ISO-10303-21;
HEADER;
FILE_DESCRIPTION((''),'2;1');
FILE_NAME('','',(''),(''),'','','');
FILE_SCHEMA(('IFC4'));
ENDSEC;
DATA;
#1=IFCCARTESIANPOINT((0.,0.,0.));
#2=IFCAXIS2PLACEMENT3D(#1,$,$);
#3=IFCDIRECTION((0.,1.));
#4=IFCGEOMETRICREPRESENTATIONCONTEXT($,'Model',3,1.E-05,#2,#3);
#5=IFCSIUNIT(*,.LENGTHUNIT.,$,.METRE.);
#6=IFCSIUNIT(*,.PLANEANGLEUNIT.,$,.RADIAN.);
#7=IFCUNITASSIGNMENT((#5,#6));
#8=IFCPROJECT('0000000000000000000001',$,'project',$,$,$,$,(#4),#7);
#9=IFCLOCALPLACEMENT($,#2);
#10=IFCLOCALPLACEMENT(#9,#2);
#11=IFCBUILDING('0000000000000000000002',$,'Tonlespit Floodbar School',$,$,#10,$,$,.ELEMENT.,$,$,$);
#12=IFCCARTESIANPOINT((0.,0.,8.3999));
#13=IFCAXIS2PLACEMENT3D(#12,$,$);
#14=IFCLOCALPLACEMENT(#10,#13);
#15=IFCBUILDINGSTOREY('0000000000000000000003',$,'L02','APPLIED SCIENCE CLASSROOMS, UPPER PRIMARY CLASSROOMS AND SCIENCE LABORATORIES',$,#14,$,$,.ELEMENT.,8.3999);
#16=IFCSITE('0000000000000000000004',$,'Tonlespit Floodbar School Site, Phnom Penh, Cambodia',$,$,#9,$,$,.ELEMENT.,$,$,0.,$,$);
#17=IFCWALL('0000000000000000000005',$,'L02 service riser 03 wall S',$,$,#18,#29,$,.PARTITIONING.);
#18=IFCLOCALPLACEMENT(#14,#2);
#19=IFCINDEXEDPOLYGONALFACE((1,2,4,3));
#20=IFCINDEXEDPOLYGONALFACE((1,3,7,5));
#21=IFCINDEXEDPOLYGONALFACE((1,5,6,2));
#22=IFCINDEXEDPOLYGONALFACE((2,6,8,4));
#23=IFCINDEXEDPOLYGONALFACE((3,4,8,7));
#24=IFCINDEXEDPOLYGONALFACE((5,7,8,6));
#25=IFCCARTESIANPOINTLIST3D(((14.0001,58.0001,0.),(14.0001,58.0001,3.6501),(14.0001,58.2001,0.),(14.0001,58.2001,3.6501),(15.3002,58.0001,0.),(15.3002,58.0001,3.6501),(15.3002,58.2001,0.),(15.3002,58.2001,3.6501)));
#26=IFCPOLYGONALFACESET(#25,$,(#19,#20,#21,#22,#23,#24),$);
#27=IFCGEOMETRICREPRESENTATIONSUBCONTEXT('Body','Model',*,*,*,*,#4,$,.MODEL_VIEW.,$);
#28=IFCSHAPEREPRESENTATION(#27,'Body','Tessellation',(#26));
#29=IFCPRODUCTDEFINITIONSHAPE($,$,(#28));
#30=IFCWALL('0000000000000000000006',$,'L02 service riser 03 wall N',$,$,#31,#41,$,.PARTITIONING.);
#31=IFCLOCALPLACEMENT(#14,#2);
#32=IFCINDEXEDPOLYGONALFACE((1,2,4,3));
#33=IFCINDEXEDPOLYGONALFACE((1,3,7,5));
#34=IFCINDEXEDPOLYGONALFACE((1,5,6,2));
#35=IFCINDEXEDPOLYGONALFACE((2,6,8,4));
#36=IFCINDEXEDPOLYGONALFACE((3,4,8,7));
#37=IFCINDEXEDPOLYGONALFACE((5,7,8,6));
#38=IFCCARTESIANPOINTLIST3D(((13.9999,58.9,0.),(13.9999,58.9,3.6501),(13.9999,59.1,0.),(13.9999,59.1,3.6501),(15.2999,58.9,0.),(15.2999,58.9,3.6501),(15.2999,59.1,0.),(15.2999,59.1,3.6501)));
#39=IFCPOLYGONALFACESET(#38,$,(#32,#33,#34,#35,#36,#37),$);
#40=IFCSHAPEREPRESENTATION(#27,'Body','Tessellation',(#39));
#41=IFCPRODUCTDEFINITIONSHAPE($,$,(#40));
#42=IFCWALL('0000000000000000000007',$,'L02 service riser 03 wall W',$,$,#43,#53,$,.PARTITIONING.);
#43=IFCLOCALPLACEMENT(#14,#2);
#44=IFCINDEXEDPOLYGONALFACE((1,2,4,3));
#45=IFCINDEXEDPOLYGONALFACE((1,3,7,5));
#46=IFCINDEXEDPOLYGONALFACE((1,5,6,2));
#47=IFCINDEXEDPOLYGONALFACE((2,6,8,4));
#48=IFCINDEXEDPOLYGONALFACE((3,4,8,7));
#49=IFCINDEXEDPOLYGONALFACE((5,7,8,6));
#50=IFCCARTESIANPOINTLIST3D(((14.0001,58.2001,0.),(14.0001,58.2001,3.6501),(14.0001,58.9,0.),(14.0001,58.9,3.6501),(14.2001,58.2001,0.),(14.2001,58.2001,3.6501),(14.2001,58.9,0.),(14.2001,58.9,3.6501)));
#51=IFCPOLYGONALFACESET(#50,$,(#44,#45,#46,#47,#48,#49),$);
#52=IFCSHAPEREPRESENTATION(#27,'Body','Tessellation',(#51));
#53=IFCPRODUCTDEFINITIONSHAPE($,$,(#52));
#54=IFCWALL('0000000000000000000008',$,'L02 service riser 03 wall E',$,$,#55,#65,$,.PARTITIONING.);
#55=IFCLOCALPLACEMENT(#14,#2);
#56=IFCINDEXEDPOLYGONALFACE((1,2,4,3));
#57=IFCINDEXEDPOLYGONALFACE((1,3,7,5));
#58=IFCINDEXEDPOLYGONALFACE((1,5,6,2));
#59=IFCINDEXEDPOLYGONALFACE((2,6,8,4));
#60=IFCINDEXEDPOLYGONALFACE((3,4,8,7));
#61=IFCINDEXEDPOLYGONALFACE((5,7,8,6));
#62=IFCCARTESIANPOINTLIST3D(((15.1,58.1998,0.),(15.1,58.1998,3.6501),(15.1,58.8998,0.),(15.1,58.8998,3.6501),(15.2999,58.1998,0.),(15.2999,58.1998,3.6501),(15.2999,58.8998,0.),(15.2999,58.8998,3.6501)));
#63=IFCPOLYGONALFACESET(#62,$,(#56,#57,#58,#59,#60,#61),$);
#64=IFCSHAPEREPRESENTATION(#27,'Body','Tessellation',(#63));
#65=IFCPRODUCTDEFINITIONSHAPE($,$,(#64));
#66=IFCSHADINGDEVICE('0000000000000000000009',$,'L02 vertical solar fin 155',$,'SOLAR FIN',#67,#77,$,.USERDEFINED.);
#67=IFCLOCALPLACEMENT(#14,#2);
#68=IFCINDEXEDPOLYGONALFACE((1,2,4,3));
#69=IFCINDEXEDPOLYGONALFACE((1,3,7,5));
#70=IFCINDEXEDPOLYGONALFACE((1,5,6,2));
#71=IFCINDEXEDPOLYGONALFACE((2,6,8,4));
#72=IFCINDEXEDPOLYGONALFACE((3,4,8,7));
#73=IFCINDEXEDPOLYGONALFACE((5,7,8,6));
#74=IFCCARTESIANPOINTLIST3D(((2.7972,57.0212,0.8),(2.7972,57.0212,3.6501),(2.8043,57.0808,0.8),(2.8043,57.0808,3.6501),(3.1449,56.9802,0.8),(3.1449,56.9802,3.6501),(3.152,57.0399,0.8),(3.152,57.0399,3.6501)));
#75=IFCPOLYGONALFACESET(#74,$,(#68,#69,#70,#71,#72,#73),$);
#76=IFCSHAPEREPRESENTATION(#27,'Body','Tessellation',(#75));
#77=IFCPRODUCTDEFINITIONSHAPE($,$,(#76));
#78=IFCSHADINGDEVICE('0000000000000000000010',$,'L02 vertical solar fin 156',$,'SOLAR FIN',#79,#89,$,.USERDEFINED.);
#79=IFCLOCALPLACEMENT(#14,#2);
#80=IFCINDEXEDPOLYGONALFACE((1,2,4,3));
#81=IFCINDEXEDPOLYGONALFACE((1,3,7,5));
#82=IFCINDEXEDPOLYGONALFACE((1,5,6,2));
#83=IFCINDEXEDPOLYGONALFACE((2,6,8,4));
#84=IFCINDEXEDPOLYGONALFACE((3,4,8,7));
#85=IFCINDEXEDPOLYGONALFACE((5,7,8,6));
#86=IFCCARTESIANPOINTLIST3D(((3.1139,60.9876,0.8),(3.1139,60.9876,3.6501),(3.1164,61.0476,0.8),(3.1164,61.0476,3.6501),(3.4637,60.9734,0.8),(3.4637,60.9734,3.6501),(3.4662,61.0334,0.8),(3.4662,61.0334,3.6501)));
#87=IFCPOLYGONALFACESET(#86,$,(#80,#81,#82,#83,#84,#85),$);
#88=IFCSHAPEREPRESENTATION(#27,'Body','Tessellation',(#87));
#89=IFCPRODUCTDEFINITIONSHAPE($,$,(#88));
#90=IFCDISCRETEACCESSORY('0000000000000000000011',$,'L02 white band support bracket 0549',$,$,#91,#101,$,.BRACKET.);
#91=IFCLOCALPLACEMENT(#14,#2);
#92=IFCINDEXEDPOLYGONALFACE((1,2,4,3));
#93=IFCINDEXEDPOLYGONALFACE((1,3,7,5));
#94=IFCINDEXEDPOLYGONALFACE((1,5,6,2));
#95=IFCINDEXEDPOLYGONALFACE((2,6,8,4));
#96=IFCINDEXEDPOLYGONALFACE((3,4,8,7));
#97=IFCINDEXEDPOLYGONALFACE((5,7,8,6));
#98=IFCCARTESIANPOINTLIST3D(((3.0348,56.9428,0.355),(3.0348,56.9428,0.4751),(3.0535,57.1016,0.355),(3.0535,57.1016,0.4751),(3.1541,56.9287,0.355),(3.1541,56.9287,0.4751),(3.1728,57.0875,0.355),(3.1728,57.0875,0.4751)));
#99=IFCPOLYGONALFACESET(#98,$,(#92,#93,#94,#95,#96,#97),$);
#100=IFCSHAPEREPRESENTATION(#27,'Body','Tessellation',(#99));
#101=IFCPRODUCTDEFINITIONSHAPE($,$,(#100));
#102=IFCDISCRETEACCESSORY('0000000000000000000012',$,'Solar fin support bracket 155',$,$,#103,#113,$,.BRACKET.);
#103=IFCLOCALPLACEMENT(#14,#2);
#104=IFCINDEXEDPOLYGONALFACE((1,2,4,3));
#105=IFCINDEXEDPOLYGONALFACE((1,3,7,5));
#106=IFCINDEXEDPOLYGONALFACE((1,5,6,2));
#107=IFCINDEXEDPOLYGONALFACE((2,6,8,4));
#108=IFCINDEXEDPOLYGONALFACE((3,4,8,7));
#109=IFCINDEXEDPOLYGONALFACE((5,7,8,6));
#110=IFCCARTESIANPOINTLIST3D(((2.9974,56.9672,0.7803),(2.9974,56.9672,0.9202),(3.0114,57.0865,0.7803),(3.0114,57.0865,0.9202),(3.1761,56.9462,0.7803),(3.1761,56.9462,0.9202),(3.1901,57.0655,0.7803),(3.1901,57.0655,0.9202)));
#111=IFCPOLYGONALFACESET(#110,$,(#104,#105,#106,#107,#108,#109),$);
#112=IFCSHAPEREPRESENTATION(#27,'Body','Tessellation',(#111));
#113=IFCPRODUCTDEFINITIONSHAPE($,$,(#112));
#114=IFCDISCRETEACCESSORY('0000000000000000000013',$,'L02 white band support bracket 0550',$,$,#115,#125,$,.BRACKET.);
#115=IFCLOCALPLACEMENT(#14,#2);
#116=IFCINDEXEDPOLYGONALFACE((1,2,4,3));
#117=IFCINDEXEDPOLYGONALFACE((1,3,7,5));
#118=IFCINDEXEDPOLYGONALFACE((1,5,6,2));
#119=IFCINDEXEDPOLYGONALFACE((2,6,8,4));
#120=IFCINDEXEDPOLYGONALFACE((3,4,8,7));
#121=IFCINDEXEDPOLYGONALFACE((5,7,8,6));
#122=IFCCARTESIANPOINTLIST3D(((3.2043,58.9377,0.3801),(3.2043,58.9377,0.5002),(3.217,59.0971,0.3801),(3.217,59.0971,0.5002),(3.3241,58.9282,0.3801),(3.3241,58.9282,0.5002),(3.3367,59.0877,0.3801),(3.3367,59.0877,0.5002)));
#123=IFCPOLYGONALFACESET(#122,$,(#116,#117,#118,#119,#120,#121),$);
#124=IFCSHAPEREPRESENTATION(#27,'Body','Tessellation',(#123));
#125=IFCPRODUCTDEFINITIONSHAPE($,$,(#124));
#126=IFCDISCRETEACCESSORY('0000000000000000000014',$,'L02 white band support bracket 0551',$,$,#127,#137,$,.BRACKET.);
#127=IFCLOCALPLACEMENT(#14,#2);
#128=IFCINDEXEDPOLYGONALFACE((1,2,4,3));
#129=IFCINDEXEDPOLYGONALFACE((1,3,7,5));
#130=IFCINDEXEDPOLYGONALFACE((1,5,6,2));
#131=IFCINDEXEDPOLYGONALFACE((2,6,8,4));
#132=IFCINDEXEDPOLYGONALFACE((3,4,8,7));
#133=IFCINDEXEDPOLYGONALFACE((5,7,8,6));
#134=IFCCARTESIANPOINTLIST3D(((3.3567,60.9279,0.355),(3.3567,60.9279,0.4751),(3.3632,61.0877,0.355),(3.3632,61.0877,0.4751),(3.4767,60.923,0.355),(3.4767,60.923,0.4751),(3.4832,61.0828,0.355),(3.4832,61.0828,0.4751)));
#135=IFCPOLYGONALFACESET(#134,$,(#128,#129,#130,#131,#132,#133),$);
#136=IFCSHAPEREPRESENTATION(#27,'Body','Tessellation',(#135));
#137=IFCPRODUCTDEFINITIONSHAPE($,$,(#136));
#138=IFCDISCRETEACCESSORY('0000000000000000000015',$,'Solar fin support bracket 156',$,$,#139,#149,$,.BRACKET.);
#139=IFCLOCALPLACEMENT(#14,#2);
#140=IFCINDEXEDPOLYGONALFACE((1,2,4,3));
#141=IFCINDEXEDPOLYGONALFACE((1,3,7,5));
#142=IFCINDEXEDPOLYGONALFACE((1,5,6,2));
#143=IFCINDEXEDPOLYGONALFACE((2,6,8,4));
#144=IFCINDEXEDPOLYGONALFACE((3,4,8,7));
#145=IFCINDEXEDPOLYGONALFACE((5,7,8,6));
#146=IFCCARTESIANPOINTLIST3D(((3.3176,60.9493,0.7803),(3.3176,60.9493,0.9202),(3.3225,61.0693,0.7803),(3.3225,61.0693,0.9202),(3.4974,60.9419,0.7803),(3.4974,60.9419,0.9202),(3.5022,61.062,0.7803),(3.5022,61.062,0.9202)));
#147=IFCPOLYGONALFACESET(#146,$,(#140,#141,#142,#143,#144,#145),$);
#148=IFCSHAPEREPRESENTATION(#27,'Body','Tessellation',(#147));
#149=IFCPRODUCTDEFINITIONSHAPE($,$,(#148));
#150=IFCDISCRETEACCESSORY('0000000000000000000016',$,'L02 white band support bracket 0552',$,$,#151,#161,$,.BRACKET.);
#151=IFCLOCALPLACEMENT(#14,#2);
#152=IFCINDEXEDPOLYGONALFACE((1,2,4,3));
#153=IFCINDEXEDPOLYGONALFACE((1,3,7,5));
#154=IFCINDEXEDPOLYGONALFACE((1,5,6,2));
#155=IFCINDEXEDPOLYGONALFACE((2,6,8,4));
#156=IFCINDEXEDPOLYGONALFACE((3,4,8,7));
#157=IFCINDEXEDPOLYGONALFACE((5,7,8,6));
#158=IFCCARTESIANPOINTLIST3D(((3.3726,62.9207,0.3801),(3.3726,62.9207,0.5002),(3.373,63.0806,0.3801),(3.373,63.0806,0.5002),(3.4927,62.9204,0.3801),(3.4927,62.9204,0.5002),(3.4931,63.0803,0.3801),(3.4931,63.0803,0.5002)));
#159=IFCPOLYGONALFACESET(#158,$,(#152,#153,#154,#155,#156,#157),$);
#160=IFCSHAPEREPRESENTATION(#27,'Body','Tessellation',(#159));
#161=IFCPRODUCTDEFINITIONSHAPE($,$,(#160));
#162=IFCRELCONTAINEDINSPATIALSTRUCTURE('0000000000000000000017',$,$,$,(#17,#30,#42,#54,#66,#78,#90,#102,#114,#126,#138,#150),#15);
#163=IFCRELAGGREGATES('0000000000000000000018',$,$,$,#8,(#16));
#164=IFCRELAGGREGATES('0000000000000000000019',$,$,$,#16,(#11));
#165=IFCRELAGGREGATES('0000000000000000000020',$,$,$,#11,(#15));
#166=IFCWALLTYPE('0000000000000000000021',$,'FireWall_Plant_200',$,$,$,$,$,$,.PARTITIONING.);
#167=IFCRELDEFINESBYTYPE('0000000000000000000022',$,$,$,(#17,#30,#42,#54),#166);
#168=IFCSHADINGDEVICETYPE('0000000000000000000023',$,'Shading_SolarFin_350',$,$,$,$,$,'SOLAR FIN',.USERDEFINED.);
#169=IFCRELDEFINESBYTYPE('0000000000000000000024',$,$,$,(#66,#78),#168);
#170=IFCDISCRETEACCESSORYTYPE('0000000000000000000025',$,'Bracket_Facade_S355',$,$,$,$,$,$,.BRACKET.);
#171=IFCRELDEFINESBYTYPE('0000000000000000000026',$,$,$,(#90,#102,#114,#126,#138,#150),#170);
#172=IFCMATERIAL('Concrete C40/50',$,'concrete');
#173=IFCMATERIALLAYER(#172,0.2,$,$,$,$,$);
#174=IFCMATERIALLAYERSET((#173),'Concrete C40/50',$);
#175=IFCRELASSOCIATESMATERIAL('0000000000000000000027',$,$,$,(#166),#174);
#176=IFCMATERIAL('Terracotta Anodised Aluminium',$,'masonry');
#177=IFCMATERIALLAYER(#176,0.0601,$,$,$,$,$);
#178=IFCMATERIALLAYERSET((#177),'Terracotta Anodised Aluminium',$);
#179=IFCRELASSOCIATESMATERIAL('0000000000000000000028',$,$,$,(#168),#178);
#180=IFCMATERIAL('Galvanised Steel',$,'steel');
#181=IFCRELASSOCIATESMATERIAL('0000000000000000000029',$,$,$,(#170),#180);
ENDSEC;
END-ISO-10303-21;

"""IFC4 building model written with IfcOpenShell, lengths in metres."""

from ifc_helpers import new_model, si_unit, direction, frame, frame_2d, origin, origin_2d, place, context, subcontext, project, spatial, rectangle, extrude, material, layer, layer_set, type_object, element, save


model = new_model("IFC4")

# Units and contexts
model_context = context("Model", 3, precision=1e-05, world=origin(), true_north=direction((0.0, 1.0)))
body_context = subcontext(model_context, "Body", "Model", "MODEL_VIEW")
ifc_project = project(units=[si_unit("LENGTHUNIT", "METRE"), si_unit("PLANEANGLEUNIT", "RADIAN")], contexts=[model_context])

# Site, building, storey
site_placement = place(None, origin())
site = spatial("IfcSite", under=ifc_project, at=site_placement, Name="Tonlespit Floodbar School Site, Phnom Penh, Cambodia", CompositionType="ELEMENT", RefElevation=0.0)
building_placement = place(site_placement, origin())
building = spatial("IfcBuilding", under=site, at=building_placement, Name="Tonlespit Floodbar School", CompositionType="ELEMENT")
storey_placement = place(building_placement, frame((0.0, 0.0, 8.3999)))
storey = spatial("IfcBuildingStorey", under=building, at=storey_placement, Name="L02", Description="APPLIED SCIENCE CLASSROOMS, UPPER PRIMARY CLASSROOMS AND SCIENCE LABORATORIES", CompositionType="ELEMENT", Elevation=8.3999)

# Walls
ifc_material_1 = material(Name="Concrete C40/50", Category="concrete")
ifc_layer_1 = layer(ifc_material_1, 0.2)
ifc_layer_set_1 = layer_set([ifc_layer_1], Name="Concrete C40/50")
wall_type_1 = type_object("IfcWallType", Name="FireWall_Plant_200", PredefinedType="PARTITIONING", material=ifc_layer_set_1)
for number, where, z_axis, x_axis, name in (
    (1, (15.3, 58.1001, 0.0), (0.0, 0.0, 1.0), (-1.0, 0.0, 0.0), "L02 service riser 03 wall S"),
    (2, (14.0, 59.0, 0.0), (0.0, 0.0, 1.0), (1.0, 0.0, 0.0), "L02 service riser 03 wall N"),
):
    element("IfcWall", number, at=place(storey_placement, frame(where, z_axis=z_axis, x_axis=x_axis)), inside=storey, type_object=wall_type_1, Name=name, PredefinedType="PARTITIONING", context=body_context, shape_type="SweptSolid", body=[
        extrude(rectangle(XDim=1.3, YDim=0.2, at=frame_2d((0.6499, 0.0))), origin(), (0.0, 0.0, 1.0), 3.6501),
    ])
for number, where, z_axis, x_axis, name in (
    (3, (14.1001, 58.2, 0.0), (0.0, 0.0, 1.0), (0.0, 1.0, 0.0), "L02 service riser 03 wall W"),
    (4, (15.2, 58.8999, 0.0), (0.0, 0.0, 1.0), (0.0, -1.0, 0.0), "L02 service riser 03 wall E"),
):
    element("IfcWall", number, at=place(storey_placement, frame(where, z_axis=z_axis, x_axis=x_axis)), inside=storey, type_object=wall_type_1, Name=name, PredefinedType="PARTITIONING", context=body_context, shape_type="SweptSolid", body=[
        extrude(rectangle(XDim=0.7, YDim=0.2, at=frame_2d((0.3501, 0.0))), origin(), (0.0, 0.0, 1.0), 3.6501),
    ])

# Shading devices
ifc_material_2 = material(Name="Terracotta Anodised Aluminium", Category="masonry")
ifc_layer_2 = layer(ifc_material_2, 0.0601)
ifc_layer_set_2 = layer_set([ifc_layer_2], Name="Terracotta Anodised Aluminium")
shading_device_type = type_object("IfcShadingDeviceType", Name="Shading_SolarFin_350", ElementType="SOLAR FIN", PredefinedType="USERDEFINED", material=ifc_layer_set_2)
for number, where, z_axis, x_axis, name in (
    (5, (2.9746, 57.0305, 0.8), (0.0, 0.0, 1.0), (0.116991, 0.993133, 0.0), "L02 vertical solar fin 155"),
    (6, (3.29, 61.0105, 0.8), (0.0, 0.0, 1.0), (0.040716, 0.999171, 0.0), "L02 vertical solar fin 156"),
):
    element("IfcShadingDevice", number, at=place(storey_placement, frame(where, z_axis=z_axis, x_axis=x_axis)), inside=storey, type_object=shading_device_type, Name=name, ObjectType="SOLAR FIN", PredefinedType="USERDEFINED", context=body_context, shape_type="SweptSolid", body=[
        extrude(rectangle(XDim=0.0601, YDim=0.3501, at=origin_2d()), origin(), (0.0, 0.0, 1.0), 2.8501),
    ])

# Discrete accessories
ifc_material_3 = material(Name="Galvanised Steel", Category="steel")
discrete_accessory_type = type_object("IfcDiscreteAccessoryType", Name="Bracket_Facade_S355", PredefinedType="BRACKET", material=ifc_material_3)
discrete_accessory_1_placement = place(storey_placement, frame((3.1038, 57.0151, 0.355), z_axis=(0.0, 0.0, 1.0), x_axis=(0.116991, 0.993133, 0.0)))
element("IfcDiscreteAccessory", 7, at=discrete_accessory_1_placement, inside=storey, type_object=discrete_accessory_type, Name="L02 white band support bracket 0549", PredefinedType="BRACKET", context=body_context, shape_type="SweptSolid", body=[
    extrude(rectangle(XDim=0.1599, YDim=0.1201, at=origin_2d()), origin(), (0.0, 0.0, 1.0), 0.1201),
])
discrete_accessory_2_placement = place(storey_placement, frame((3.0938, 57.0164, 0.7803), z_axis=(0.0, 0.0, 1.0), x_axis=(0.116991, 0.993133, 0.0)))
element("IfcDiscreteAccessory", 8, at=discrete_accessory_2_placement, inside=storey, type_object=discrete_accessory_type, Name="Solar fin support bracket 155", PredefinedType="BRACKET", context=body_context, shape_type="SweptSolid", body=[
    extrude(rectangle(XDim=0.1201, YDim=0.1799, at=origin_2d()), origin(), (0.0, 0.0, 1.0), 0.1399),
])
for number, where, z_axis, x_axis, name in (
    (9, (3.2705, 59.0127, 0.3801), (0.0, 0.0, 1.0), (0.079002, 0.996874, 0.0), "L02 white band support bracket 0550"),
    (10, (3.4199, 61.0054, 0.355), (0.0, 0.0, 1.0), (0.040716, 0.999171, 0.0), "L02 white band support bracket 0551"),
):
    element("IfcDiscreteAccessory", number, at=place(storey_placement, frame(where, z_axis=z_axis, x_axis=x_axis)), inside=storey, type_object=discrete_accessory_type, Name=name, PredefinedType="BRACKET", context=body_context, shape_type="SweptSolid", body=[
        extrude(rectangle(XDim=0.1599, YDim=0.1201, at=origin_2d()), origin(), (0.0, 0.0, 1.0), 0.1201),
    ])
discrete_accessory_3_placement = place(storey_placement, frame((3.4099, 61.0056, 0.7803), z_axis=(0.0, 0.0, 1.0), x_axis=(0.040716, 0.999171, 0.0)))
element("IfcDiscreteAccessory", 11, at=discrete_accessory_3_placement, inside=storey, type_object=discrete_accessory_type, Name="Solar fin support bracket 156", PredefinedType="BRACKET", context=body_context, shape_type="SweptSolid", body=[
    extrude(rectangle(XDim=0.1201, YDim=0.1799, at=origin_2d()), origin(), (0.0, 0.0, 1.0), 0.1399),
])
discrete_accessory_4_placement = place(storey_placement, frame((3.4329, 63.0005, 0.3801), z_axis=(0.0, 0.0, 1.0), x_axis=(0.002201, 0.999998, 0.0)))
element("IfcDiscreteAccessory", 12, at=discrete_accessory_4_placement, inside=storey, type_object=discrete_accessory_type, Name="L02 white band support bracket 0552", PredefinedType="BRACKET", context=body_context, shape_type="SweptSolid", body=[
    extrude(rectangle(XDim=0.1599, YDim=0.1201, at=origin_2d()), origin(), (0.0, 0.0, 1.0), 0.1201),
])

save(model, "model.ifc")
